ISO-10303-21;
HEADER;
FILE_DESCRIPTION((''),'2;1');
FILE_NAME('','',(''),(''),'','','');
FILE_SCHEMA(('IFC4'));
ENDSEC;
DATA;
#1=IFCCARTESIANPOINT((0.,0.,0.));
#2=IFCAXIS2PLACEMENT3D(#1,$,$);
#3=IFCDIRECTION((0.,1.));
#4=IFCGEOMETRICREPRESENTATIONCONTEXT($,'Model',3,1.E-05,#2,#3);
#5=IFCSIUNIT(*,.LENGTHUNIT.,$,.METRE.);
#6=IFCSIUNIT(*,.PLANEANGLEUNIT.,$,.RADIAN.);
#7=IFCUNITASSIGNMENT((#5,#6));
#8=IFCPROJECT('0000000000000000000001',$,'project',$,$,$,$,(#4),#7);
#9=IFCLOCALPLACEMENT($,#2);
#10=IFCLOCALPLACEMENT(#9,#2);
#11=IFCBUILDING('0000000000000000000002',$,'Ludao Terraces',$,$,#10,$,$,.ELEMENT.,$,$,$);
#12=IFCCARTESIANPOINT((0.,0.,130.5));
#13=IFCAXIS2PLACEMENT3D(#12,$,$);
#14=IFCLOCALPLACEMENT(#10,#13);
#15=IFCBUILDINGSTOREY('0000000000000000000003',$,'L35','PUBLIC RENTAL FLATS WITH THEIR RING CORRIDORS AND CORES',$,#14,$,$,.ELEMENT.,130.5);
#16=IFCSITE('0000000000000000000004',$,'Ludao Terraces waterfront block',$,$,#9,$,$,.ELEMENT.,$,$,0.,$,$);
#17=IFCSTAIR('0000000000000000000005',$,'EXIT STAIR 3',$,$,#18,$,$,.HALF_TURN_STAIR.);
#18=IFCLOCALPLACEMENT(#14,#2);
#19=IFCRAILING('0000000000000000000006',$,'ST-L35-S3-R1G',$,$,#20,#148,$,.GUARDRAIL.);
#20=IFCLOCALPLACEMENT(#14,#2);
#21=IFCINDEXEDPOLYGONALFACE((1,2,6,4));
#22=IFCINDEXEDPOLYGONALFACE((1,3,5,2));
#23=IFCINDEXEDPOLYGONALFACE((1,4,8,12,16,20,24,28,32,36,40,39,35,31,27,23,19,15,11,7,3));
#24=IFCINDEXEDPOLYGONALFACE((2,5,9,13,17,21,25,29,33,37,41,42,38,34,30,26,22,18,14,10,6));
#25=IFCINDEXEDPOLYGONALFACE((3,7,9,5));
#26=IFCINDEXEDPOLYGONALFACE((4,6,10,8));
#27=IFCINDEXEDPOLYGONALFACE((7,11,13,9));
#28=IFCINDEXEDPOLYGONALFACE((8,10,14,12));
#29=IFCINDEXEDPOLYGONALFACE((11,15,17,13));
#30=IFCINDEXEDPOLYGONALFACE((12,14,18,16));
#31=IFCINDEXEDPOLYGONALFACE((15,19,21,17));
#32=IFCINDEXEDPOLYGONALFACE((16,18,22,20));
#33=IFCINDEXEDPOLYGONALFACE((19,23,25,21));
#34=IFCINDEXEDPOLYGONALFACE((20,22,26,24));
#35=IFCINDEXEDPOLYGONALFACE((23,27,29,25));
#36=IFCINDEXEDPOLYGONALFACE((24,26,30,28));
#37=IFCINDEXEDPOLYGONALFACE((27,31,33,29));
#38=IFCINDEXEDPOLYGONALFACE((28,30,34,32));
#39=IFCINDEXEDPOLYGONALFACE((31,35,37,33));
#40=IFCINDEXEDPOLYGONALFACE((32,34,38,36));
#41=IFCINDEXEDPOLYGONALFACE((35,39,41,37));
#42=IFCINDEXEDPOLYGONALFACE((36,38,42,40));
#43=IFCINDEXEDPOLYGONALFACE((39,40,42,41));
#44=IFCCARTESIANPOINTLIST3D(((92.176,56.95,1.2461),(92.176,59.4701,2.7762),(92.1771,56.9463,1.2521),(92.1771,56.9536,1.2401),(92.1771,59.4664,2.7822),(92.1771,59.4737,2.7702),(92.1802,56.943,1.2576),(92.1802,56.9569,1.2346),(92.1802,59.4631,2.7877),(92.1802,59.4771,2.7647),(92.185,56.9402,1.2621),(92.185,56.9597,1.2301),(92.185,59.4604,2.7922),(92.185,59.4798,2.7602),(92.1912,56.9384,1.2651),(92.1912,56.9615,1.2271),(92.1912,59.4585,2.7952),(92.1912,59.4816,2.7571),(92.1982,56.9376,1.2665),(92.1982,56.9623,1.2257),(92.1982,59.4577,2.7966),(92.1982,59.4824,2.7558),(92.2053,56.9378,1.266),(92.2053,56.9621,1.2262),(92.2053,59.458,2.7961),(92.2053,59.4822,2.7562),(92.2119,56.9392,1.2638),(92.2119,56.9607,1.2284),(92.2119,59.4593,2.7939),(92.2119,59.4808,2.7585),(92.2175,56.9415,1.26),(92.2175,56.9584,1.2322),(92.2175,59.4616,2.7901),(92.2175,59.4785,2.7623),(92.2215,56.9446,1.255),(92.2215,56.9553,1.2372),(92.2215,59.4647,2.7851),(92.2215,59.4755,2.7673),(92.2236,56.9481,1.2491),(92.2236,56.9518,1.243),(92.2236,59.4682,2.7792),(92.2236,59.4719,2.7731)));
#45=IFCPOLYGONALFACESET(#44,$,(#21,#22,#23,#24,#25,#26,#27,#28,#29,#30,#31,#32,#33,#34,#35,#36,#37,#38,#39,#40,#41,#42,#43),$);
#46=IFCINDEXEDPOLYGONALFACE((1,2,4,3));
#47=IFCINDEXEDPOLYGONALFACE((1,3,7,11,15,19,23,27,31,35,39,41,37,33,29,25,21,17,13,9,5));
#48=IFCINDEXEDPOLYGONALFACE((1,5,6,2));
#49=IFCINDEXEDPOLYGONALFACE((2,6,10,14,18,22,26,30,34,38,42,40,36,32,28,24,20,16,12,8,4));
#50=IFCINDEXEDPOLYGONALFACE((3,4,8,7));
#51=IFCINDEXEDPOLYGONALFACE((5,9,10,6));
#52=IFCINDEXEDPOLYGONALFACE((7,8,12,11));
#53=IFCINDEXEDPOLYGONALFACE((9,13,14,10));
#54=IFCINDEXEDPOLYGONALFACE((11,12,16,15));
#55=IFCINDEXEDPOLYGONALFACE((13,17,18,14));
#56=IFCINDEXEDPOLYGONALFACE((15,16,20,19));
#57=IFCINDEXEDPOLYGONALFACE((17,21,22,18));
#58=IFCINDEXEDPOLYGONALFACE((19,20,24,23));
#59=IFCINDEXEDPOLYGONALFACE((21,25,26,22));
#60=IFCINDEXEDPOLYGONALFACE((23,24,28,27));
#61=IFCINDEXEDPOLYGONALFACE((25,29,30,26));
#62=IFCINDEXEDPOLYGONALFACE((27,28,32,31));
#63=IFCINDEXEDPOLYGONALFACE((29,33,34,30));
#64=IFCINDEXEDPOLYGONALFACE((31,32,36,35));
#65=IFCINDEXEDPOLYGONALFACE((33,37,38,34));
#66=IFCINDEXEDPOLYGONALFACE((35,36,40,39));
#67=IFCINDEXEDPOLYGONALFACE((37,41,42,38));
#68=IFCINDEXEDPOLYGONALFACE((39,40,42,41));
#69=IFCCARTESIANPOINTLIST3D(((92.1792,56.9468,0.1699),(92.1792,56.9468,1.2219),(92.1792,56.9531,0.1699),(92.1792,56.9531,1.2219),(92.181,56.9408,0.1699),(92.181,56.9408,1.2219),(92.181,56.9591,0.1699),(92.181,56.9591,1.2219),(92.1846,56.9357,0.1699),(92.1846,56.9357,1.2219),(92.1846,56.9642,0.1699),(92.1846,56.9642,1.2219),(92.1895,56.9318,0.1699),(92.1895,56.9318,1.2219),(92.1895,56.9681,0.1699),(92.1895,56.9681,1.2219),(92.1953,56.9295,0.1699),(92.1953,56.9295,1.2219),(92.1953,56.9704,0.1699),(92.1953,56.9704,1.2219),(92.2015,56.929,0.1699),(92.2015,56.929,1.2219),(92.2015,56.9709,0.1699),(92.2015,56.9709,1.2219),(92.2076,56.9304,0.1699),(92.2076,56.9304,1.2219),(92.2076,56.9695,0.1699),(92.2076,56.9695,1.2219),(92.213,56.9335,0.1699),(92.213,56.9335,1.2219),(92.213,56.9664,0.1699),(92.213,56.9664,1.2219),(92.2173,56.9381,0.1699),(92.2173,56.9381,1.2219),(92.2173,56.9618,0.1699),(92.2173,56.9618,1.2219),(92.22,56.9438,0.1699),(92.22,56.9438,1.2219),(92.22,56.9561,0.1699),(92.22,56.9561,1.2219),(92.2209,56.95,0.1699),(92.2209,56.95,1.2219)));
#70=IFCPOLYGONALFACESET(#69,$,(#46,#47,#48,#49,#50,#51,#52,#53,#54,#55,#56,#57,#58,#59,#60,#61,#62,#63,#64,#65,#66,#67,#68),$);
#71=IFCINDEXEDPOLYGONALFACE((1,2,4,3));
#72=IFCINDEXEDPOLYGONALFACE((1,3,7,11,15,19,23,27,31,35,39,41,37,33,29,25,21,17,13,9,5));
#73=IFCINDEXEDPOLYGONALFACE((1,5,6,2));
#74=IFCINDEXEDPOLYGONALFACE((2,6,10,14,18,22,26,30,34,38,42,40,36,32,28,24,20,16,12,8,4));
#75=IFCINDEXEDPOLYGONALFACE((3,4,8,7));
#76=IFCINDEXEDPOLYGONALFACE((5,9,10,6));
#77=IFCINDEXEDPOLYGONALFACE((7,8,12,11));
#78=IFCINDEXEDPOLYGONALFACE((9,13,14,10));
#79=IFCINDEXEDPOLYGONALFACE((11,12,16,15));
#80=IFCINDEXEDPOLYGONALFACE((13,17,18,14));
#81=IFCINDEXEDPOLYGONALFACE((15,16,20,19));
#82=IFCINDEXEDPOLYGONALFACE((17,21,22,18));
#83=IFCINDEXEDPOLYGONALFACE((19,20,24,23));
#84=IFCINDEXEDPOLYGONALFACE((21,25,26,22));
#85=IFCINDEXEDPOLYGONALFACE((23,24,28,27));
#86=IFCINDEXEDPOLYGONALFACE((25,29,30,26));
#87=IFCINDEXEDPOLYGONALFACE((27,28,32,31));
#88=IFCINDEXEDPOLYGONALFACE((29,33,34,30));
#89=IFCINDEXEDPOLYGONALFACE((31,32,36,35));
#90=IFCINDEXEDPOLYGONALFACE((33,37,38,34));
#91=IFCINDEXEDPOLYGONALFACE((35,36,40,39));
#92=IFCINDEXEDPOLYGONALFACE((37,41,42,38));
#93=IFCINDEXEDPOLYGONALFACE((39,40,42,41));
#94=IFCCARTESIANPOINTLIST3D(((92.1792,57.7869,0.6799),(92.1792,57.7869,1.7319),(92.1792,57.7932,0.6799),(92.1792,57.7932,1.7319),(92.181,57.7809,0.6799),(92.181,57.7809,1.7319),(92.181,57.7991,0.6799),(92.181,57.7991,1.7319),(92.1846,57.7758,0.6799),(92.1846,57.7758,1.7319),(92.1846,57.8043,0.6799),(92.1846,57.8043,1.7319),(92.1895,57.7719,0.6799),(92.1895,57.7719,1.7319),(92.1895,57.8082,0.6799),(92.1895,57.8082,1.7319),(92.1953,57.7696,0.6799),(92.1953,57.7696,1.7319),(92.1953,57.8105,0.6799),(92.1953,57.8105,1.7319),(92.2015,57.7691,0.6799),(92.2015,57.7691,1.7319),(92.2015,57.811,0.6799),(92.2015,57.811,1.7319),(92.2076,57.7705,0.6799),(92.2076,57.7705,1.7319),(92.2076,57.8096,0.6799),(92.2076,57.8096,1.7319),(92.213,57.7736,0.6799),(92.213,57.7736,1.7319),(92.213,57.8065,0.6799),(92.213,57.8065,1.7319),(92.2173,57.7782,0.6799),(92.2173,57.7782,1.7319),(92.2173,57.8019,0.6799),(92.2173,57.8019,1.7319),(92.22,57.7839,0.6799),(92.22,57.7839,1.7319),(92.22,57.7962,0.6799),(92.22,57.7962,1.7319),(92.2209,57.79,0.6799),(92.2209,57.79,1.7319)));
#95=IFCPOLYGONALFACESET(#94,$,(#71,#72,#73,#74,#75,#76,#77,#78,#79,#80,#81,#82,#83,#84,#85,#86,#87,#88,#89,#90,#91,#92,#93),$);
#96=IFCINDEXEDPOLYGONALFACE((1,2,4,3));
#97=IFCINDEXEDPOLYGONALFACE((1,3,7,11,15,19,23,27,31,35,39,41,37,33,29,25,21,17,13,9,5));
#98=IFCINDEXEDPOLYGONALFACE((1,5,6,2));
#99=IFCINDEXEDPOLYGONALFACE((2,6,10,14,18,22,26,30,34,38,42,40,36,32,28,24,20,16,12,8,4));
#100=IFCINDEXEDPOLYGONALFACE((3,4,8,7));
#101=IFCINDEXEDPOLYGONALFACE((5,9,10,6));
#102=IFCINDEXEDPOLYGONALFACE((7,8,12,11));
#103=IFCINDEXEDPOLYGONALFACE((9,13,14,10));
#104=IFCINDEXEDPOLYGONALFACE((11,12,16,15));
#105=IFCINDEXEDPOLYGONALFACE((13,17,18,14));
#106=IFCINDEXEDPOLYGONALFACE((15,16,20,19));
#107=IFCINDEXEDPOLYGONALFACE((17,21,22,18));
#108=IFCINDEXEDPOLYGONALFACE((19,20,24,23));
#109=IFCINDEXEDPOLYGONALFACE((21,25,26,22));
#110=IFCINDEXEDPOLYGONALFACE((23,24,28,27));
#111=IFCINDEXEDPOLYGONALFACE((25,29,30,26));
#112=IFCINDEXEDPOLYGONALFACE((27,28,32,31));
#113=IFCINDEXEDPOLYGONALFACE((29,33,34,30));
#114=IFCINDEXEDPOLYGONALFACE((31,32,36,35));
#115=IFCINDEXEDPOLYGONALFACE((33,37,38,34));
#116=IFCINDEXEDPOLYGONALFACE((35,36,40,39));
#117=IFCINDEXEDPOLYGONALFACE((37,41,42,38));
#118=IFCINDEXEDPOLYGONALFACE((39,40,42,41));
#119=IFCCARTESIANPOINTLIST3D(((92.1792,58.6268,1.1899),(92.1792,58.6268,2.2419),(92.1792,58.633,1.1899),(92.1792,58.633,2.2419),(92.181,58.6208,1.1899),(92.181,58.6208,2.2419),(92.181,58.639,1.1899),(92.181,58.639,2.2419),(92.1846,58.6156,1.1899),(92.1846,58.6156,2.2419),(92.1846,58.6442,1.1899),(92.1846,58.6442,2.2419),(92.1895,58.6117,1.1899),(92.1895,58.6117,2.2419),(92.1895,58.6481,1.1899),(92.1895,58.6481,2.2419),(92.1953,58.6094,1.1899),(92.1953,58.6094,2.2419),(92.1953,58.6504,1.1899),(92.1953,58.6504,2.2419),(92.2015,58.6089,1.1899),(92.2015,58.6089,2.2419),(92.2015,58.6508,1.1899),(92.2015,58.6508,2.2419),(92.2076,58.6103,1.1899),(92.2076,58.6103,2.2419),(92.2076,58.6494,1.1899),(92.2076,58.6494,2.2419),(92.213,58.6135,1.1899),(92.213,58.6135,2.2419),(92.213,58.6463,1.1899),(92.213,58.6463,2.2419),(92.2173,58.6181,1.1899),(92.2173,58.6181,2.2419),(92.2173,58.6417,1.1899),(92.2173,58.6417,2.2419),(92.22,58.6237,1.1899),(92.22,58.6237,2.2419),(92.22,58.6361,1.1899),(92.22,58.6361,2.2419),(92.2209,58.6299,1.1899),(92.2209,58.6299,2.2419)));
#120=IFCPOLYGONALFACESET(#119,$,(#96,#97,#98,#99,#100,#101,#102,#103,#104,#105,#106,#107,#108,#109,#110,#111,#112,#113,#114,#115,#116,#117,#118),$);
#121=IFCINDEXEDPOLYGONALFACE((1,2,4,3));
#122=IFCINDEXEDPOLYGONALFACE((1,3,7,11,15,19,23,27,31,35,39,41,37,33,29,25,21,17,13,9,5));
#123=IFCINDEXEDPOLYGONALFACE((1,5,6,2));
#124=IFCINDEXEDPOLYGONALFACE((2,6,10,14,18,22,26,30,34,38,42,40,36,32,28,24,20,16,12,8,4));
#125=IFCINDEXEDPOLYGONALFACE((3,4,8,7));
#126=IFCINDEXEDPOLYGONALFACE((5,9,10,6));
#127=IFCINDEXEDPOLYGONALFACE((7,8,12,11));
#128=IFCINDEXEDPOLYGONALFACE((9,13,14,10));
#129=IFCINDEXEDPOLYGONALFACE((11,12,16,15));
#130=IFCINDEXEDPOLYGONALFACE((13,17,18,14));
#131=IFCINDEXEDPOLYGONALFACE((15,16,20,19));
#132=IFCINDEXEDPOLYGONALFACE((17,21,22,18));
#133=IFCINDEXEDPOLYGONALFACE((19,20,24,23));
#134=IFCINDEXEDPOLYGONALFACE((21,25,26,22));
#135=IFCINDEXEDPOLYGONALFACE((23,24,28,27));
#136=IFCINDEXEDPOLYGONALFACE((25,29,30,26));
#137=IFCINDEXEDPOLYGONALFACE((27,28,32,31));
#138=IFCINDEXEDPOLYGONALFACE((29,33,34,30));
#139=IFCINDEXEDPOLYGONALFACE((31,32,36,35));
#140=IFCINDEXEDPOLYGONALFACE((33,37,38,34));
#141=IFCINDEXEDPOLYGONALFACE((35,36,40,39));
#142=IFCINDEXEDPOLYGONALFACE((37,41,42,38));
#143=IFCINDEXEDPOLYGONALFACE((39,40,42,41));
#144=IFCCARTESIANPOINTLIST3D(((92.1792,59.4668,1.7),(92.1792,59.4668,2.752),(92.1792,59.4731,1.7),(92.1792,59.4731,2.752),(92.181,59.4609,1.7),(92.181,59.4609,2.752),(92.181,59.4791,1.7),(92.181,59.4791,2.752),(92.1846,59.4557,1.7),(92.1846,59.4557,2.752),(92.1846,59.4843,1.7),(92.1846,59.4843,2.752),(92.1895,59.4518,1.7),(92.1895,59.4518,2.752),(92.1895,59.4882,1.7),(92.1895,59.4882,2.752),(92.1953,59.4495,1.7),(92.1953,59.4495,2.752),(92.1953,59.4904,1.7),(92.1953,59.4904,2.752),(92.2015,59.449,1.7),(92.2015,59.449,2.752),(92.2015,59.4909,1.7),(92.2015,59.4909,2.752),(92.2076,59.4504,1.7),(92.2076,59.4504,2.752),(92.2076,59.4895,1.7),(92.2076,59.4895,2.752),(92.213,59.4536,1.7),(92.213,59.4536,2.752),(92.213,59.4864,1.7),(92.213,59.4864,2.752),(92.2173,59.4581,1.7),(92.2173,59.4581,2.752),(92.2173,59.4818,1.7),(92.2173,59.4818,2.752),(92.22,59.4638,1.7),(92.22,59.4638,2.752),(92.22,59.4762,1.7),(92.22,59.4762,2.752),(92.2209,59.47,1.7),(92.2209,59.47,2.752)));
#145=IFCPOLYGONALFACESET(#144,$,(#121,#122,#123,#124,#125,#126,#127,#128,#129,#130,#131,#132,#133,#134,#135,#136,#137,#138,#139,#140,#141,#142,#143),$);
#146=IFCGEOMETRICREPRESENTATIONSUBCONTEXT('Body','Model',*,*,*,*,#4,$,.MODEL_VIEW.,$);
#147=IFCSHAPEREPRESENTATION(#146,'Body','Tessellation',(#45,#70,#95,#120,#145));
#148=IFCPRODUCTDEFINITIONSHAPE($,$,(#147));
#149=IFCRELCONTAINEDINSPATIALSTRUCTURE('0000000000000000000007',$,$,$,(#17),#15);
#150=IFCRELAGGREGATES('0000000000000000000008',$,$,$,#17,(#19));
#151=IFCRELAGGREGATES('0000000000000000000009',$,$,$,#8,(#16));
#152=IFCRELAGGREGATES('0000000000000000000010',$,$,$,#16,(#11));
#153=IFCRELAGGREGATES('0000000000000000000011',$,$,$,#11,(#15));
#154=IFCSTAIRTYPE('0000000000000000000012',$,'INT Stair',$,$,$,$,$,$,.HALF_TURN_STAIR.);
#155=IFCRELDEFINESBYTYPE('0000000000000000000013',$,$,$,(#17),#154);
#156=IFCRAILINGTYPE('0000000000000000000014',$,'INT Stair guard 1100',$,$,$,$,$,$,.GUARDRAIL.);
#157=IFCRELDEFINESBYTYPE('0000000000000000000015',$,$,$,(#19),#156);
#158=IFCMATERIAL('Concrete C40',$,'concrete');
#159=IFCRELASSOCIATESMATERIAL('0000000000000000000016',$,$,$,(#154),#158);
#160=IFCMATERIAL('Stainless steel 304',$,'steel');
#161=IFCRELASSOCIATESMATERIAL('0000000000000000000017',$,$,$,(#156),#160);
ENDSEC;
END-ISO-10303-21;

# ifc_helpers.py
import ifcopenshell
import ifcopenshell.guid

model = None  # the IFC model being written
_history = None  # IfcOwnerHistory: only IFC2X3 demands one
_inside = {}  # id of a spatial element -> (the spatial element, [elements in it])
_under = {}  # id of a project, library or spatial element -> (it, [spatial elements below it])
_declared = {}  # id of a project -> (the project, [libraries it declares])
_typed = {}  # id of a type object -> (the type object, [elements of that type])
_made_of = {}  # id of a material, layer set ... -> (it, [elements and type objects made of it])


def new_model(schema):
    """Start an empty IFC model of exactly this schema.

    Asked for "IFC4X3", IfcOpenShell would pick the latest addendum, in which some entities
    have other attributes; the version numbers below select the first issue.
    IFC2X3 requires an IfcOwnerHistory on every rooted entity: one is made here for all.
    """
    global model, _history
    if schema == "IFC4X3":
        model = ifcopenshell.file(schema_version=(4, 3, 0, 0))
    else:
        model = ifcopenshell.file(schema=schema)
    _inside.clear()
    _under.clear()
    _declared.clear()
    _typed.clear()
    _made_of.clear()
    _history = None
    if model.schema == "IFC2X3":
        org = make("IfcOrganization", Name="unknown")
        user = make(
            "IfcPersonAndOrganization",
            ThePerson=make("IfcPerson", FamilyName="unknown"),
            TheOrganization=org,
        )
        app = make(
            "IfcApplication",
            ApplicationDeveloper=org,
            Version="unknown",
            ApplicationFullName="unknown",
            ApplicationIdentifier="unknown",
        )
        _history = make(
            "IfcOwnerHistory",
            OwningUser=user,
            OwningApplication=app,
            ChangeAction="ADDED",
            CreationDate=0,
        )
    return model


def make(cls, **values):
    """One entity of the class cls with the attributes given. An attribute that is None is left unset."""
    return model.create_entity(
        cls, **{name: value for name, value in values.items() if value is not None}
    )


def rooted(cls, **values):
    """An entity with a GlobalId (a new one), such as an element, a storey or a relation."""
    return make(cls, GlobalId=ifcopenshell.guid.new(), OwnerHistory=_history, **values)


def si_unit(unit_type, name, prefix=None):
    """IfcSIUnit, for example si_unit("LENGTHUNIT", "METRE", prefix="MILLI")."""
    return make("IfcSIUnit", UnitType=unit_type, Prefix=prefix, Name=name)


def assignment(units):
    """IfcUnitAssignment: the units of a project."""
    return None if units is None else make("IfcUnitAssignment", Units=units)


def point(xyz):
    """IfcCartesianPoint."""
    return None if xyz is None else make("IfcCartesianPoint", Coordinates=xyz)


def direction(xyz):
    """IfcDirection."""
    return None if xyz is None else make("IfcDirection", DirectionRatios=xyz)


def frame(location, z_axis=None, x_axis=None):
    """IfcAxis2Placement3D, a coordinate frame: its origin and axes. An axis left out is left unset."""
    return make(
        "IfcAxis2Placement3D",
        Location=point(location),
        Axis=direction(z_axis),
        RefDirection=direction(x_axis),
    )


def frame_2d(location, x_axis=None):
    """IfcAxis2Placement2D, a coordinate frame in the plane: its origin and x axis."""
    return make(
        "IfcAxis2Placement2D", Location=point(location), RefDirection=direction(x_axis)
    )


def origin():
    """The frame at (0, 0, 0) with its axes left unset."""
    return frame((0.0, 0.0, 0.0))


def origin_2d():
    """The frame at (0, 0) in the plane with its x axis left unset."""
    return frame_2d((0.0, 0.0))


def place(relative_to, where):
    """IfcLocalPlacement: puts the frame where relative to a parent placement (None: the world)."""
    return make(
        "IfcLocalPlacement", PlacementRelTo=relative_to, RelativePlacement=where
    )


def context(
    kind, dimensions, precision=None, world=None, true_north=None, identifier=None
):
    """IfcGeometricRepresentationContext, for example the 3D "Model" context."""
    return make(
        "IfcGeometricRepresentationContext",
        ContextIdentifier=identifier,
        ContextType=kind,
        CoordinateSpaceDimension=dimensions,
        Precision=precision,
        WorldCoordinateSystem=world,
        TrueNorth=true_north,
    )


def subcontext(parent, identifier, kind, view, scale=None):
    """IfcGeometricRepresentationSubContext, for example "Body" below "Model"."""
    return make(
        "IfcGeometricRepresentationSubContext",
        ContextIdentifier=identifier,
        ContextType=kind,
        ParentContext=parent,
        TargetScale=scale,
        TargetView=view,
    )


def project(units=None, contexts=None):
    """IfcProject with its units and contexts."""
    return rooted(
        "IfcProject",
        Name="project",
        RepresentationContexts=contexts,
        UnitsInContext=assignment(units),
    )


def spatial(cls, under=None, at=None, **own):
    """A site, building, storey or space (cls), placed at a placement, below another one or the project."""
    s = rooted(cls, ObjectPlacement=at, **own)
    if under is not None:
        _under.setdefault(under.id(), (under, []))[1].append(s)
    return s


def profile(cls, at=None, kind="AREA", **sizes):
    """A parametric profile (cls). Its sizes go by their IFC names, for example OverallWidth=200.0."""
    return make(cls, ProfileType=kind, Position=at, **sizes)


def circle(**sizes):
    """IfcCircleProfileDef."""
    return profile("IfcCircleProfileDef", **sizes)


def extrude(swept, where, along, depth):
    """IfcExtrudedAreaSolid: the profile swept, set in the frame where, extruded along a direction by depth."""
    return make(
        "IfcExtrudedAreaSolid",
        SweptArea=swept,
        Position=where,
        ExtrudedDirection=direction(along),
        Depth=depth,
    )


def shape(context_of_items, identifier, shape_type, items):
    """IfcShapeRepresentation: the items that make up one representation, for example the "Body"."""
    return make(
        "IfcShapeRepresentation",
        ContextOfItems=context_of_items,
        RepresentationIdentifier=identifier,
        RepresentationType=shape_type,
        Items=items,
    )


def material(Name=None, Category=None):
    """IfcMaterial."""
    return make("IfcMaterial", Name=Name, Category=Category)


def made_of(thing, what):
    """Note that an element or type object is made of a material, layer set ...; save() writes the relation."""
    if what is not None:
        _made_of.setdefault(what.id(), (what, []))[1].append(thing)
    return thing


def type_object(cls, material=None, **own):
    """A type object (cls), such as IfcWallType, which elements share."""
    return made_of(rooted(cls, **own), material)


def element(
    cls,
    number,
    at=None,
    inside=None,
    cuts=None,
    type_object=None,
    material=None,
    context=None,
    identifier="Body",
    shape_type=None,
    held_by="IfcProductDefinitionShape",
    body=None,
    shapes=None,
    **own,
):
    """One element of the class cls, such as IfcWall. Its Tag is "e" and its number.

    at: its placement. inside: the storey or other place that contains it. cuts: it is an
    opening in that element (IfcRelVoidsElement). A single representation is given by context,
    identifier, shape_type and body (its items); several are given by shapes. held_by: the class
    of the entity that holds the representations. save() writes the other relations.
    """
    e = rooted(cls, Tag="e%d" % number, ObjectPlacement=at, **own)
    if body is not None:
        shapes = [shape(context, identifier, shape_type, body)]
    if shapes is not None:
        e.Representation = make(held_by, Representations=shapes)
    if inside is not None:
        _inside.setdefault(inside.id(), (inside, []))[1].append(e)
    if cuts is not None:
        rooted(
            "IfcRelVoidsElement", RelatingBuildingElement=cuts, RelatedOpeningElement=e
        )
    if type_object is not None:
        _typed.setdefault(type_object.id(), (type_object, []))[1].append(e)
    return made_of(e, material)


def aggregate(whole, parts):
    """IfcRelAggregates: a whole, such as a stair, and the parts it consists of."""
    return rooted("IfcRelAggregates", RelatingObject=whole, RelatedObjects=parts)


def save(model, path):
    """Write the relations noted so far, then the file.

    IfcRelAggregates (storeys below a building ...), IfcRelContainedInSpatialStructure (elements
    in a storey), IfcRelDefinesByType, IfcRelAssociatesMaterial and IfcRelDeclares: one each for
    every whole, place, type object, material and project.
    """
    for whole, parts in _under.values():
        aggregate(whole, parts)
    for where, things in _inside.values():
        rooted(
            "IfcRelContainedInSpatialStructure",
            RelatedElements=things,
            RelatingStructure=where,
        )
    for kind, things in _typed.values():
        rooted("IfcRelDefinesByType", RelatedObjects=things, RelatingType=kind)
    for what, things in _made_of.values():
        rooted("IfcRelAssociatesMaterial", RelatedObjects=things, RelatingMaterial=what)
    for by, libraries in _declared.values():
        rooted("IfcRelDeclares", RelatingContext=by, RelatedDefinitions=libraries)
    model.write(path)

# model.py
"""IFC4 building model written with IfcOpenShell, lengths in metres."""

from ifc_helpers import new_model, si_unit, direction, frame, origin, origin_2d, place, context, subcontext, project, spatial, circle, extrude, material, type_object, element, aggregate, save


model = new_model("IFC4")

# Units and contexts
model_context = context("Model", 3, precision=1e-05, world=origin(), true_north=direction((0.0, 1.0)))
body_context = subcontext(model_context, "Body", "Model", "MODEL_VIEW")
ifc_project = project(units=[si_unit("LENGTHUNIT", "METRE"), si_unit("PLANEANGLEUNIT", "RADIAN")], contexts=[model_context])

# Site, building, storey
site_placement = place(None, origin())
site = spatial("IfcSite", under=ifc_project, at=site_placement, Name="Ludao Terraces waterfront block", CompositionType="ELEMENT", RefElevation=0.0)
building_placement = place(site_placement, origin())
building = spatial("IfcBuilding", under=site, at=building_placement, Name="Ludao Terraces", CompositionType="ELEMENT")
storey_placement = place(building_placement, frame((0.0, 0.0, 130.5)))
storey = spatial("IfcBuildingStorey", under=building, at=storey_placement, Name="L35", Description="PUBLIC RENTAL FLATS WITH THEIR RING CORRIDORS AND CORES", CompositionType="ELEMENT", Elevation=130.5)

# Shared definitions
ifc_material_1 = material(Name="Concrete C40", Category="concrete")

# Stair, railing
stair_type = type_object("IfcStairType", Name="INT Stair", PredefinedType="HALF_TURN_STAIR", material=ifc_material_1)
stair_placement = place(storey_placement, origin())
stair = element("IfcStair", 1, at=stair_placement, inside=storey, type_object=stair_type, Name="EXIT STAIR 3", PredefinedType="HALF_TURN_STAIR")
ifc_material_2 = material(Name="Stainless steel 304", Category="steel")
railing_type_1 = type_object("IfcRailingType", Name="INT Stair guard 1100", PredefinedType="GUARDRAIL", material=ifc_material_2)
railing_1_placement = place(storey_placement, frame((92.2, 56.95, 0.1699)))
railing_1 = element("IfcRailing", 2, at=railing_1_placement, type_object=railing_type_1, Name="ST-L35-S3-R1G", PredefinedType="GUARDRAIL", context=body_context, shape_type="SweptSolid", body=[
    extrude(circle(Radius=0.0239, at=origin_2d()), frame((0.0, 0.0, 1.0762), z_axis=(0.0, 0.854785, 0.518982), x_axis=(-1.0, 0.0, 0.0)), (0.0, 0.0, 1.0), 2.9482),
    extrude(circle(Radius=0.021, at=origin_2d()), origin(), (0.0, 0.0, 1.0), 1.052),
    extrude(circle(Radius=0.021, at=origin_2d()), frame((0.0, 0.8401, 0.51)), (0.0, 0.0, 1.0), 1.052),
    extrude(circle(Radius=0.021, at=origin_2d()), frame((0.0, 1.6799, 1.02)), (0.0, 0.0, 1.0), 1.052),
    extrude(circle(Radius=0.021, at=origin_2d()), frame((0.0, 2.52, 1.53)), (0.0, 0.0, 1.0), 1.052),
])
aggregate(stair, [railing_1])

save(model, "model.ifc")
